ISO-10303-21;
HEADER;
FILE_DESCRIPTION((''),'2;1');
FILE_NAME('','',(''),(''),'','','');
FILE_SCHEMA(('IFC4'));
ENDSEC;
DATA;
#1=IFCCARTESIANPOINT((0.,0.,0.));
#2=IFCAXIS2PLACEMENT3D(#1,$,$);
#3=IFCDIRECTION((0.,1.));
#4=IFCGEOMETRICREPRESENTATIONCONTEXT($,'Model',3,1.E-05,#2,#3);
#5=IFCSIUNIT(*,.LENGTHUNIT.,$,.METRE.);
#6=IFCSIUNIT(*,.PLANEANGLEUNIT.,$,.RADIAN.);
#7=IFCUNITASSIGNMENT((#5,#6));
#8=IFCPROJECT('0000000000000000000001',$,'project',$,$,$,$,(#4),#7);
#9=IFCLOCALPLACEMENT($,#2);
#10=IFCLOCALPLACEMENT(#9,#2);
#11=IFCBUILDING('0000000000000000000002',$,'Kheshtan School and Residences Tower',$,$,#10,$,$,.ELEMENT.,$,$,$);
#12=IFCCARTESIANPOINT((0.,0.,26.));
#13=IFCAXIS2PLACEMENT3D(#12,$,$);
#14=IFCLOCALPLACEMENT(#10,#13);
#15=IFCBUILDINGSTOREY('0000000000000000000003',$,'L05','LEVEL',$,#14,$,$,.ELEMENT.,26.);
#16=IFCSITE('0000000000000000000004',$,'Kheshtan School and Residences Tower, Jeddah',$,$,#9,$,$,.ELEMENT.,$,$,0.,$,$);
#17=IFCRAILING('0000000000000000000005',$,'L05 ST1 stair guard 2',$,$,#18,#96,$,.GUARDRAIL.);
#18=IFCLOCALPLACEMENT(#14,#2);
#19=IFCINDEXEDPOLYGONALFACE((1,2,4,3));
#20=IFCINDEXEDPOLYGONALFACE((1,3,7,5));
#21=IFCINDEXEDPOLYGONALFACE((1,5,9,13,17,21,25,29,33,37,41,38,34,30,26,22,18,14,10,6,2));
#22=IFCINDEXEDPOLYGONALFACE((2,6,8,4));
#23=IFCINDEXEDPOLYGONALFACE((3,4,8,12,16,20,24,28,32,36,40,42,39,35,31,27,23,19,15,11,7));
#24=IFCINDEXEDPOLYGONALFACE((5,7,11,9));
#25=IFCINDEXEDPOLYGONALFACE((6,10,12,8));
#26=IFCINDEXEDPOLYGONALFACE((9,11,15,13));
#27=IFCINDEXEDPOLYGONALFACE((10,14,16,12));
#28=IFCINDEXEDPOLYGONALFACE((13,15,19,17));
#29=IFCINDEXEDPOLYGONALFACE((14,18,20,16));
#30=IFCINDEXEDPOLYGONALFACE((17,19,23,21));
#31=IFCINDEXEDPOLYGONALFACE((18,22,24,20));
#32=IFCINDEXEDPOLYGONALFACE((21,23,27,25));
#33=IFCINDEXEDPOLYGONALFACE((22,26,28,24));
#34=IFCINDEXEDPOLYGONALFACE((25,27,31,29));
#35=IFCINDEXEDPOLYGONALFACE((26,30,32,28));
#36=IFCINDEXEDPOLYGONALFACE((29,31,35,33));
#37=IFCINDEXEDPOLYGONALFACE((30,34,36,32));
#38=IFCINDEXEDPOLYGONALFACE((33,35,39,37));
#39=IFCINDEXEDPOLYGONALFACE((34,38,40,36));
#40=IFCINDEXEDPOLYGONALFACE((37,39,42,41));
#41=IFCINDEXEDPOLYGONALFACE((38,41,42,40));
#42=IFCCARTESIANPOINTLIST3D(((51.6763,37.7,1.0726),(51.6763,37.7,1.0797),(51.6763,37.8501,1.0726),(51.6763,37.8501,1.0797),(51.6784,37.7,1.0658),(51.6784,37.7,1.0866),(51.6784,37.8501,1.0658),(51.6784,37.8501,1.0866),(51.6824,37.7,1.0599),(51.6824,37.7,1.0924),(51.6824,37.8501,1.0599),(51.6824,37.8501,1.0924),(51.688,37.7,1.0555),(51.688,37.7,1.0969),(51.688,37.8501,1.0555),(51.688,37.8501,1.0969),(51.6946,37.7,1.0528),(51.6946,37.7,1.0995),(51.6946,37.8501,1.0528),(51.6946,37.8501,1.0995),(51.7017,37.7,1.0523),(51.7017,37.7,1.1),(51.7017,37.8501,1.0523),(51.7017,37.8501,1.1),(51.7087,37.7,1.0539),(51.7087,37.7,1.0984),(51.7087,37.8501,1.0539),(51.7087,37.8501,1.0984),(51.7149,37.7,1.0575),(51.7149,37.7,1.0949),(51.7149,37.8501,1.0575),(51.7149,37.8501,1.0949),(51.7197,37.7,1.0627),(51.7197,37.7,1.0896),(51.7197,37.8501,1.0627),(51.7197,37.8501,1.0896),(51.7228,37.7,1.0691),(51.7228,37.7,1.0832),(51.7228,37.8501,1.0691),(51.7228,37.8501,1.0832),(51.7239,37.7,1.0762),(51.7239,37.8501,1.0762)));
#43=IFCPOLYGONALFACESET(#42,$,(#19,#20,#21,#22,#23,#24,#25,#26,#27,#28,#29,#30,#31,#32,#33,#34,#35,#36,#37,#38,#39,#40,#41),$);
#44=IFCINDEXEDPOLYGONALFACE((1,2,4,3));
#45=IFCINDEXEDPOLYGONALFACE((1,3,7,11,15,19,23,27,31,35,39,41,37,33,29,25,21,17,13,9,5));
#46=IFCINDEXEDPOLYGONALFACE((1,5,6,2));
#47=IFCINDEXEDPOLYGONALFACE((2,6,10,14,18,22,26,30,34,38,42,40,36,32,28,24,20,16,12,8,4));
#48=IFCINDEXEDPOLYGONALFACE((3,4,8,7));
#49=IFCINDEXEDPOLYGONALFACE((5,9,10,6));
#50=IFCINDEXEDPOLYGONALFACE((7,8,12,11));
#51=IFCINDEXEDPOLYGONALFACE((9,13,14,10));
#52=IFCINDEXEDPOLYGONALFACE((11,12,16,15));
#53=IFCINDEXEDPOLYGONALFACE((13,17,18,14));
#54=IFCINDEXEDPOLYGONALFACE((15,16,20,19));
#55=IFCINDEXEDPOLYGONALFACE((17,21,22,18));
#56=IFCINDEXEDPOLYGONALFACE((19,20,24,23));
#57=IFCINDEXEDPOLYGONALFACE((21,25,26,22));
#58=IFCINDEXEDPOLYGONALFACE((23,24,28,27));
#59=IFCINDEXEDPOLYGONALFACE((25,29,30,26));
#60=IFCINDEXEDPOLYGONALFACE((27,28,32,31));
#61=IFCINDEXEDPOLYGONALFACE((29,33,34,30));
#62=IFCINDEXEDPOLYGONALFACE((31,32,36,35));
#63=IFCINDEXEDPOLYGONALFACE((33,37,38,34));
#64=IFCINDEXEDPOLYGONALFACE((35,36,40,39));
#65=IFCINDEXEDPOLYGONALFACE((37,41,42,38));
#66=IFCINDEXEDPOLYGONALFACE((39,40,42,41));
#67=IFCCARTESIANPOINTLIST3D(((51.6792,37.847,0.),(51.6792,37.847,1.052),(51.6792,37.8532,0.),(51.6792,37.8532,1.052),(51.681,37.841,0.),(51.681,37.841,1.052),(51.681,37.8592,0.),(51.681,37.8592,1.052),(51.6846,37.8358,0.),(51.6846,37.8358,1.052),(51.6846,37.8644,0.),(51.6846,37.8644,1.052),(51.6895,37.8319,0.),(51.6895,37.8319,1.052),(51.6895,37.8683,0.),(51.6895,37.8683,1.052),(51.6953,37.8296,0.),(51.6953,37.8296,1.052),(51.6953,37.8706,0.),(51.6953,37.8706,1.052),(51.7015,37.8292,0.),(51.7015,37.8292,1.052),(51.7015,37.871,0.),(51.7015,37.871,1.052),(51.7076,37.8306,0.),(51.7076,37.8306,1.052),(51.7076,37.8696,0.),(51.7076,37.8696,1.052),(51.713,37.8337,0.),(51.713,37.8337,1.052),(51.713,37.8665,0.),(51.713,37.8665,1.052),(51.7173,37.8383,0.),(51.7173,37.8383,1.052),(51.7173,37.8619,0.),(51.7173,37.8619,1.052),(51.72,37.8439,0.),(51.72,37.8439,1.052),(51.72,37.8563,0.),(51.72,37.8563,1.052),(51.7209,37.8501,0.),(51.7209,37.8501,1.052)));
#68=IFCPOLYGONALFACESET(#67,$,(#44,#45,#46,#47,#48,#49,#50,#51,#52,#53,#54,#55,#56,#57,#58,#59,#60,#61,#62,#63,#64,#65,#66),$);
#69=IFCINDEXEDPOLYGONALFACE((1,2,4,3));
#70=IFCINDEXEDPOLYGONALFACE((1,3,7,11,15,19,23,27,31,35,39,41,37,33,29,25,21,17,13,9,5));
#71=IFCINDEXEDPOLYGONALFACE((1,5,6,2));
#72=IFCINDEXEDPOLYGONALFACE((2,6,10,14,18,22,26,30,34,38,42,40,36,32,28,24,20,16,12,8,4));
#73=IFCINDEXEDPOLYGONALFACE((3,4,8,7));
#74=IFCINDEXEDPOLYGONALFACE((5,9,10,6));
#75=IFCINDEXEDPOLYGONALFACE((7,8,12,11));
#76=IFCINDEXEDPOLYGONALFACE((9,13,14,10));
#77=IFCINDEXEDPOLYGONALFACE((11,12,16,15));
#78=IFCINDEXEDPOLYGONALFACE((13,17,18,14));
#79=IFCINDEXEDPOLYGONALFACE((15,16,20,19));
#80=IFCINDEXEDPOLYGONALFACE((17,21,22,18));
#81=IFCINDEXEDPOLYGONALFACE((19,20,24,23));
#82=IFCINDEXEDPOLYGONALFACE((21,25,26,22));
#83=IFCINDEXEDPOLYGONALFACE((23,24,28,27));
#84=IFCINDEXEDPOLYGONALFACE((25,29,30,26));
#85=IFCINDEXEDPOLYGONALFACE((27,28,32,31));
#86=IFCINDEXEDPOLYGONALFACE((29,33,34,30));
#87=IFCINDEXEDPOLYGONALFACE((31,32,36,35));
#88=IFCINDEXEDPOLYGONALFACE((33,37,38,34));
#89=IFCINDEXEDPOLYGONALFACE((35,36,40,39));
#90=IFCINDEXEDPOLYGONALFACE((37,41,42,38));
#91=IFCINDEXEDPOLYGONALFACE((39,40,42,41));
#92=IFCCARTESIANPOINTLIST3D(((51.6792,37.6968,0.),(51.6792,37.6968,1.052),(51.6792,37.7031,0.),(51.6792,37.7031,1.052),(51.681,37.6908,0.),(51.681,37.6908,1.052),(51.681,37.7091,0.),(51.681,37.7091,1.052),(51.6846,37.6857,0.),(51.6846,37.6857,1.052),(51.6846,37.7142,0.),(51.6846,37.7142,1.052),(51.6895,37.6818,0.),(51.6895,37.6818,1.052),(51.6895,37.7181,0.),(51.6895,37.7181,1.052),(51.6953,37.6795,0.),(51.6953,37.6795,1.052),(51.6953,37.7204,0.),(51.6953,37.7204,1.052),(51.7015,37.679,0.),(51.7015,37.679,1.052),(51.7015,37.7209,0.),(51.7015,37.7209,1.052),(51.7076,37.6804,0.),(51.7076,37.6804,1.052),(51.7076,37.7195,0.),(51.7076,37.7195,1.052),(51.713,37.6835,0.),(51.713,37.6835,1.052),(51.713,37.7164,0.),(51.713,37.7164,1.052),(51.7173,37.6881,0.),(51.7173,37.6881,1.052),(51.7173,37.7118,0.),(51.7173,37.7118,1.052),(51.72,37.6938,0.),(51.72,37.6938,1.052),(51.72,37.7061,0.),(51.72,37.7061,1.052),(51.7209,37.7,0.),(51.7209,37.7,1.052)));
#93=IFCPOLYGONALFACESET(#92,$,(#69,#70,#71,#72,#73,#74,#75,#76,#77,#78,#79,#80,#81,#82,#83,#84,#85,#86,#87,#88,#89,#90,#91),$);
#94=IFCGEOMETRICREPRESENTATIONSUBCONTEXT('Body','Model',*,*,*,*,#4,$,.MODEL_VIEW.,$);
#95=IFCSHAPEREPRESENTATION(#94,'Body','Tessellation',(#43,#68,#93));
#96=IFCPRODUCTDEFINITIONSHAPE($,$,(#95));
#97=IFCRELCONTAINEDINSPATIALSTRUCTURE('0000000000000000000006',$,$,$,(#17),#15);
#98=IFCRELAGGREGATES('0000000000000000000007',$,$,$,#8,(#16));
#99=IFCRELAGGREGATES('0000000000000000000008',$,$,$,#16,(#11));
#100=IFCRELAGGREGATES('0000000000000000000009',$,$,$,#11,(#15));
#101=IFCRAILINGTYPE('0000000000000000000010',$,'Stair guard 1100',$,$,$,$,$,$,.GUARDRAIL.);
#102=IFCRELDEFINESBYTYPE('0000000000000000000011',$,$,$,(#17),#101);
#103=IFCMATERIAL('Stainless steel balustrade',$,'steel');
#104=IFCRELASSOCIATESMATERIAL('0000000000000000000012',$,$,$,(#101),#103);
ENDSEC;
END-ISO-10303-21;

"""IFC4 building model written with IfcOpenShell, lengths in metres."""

from ifc_helpers import new_model, si_unit, direction, frame, origin, origin_2d, place, context, subcontext, project, spatial, circle, extrude, material, type_object, element, save


model = new_model("IFC4")

# Units and contexts
model_context = context("Model", 3, precision=1e-05, world=origin(), true_north=direction((0.0, 1.0)))
body_context = subcontext(model_context, "Body", "Model", "MODEL_VIEW")
ifc_project = project(units=[si_unit("LENGTHUNIT", "METRE"), si_unit("PLANEANGLEUNIT", "RADIAN")], contexts=[model_context])

# Site, building, storey
site_placement = place(None, origin())
site = spatial("IfcSite", under=ifc_project, at=site_placement, Name="Kheshtan School and Residences Tower, Jeddah", CompositionType="ELEMENT", RefElevation=0.0)
building_placement = place(site_placement, origin())
building = spatial("IfcBuilding", under=site, at=building_placement, Name="Kheshtan School and Residences Tower", CompositionType="ELEMENT")
storey_placement = place(building_placement, frame((0.0, 0.0, 26.0)))
storey = spatial("IfcBuildingStorey", under=building, at=storey_placement, Name="L05", Description="LEVEL", CompositionType="ELEMENT", Elevation=26.0)

# Railing
ifc_material_1 = material(Name="Stainless steel balustrade", Category="steel")
railing_type_1 = type_object("IfcRailingType", Name="Stair guard 1100", PredefinedType="GUARDRAIL", material=ifc_material_1)
railing_1_placement = place(storey_placement, frame((51.7, 37.8501, 0.0)))
element("IfcRailing", 1, at=railing_1_placement, inside=storey, type_object=railing_type_1, Name="L05 ST1 stair guard 2", PredefinedType="GUARDRAIL", context=body_context, shape_type="SweptSolid", body=[
    extrude(circle(Radius=0.0239, at=origin_2d()), frame((0.0, 0.0, 1.0762), z_axis=(0.0, -1.0, 0.0), x_axis=(1.0, 0.0, 0.0)), (0.0, 0.0, 1.0), 0.1501),
    extrude(circle(Radius=0.021, at=origin_2d()), origin(), (0.0, 0.0, 1.0), 1.052),
    extrude(circle(Radius=0.021, at=origin_2d()), frame((0.0, -0.1501, 0.0)), (0.0, 0.0, 1.0), 1.052),
])

save(model, "model.ifc")
